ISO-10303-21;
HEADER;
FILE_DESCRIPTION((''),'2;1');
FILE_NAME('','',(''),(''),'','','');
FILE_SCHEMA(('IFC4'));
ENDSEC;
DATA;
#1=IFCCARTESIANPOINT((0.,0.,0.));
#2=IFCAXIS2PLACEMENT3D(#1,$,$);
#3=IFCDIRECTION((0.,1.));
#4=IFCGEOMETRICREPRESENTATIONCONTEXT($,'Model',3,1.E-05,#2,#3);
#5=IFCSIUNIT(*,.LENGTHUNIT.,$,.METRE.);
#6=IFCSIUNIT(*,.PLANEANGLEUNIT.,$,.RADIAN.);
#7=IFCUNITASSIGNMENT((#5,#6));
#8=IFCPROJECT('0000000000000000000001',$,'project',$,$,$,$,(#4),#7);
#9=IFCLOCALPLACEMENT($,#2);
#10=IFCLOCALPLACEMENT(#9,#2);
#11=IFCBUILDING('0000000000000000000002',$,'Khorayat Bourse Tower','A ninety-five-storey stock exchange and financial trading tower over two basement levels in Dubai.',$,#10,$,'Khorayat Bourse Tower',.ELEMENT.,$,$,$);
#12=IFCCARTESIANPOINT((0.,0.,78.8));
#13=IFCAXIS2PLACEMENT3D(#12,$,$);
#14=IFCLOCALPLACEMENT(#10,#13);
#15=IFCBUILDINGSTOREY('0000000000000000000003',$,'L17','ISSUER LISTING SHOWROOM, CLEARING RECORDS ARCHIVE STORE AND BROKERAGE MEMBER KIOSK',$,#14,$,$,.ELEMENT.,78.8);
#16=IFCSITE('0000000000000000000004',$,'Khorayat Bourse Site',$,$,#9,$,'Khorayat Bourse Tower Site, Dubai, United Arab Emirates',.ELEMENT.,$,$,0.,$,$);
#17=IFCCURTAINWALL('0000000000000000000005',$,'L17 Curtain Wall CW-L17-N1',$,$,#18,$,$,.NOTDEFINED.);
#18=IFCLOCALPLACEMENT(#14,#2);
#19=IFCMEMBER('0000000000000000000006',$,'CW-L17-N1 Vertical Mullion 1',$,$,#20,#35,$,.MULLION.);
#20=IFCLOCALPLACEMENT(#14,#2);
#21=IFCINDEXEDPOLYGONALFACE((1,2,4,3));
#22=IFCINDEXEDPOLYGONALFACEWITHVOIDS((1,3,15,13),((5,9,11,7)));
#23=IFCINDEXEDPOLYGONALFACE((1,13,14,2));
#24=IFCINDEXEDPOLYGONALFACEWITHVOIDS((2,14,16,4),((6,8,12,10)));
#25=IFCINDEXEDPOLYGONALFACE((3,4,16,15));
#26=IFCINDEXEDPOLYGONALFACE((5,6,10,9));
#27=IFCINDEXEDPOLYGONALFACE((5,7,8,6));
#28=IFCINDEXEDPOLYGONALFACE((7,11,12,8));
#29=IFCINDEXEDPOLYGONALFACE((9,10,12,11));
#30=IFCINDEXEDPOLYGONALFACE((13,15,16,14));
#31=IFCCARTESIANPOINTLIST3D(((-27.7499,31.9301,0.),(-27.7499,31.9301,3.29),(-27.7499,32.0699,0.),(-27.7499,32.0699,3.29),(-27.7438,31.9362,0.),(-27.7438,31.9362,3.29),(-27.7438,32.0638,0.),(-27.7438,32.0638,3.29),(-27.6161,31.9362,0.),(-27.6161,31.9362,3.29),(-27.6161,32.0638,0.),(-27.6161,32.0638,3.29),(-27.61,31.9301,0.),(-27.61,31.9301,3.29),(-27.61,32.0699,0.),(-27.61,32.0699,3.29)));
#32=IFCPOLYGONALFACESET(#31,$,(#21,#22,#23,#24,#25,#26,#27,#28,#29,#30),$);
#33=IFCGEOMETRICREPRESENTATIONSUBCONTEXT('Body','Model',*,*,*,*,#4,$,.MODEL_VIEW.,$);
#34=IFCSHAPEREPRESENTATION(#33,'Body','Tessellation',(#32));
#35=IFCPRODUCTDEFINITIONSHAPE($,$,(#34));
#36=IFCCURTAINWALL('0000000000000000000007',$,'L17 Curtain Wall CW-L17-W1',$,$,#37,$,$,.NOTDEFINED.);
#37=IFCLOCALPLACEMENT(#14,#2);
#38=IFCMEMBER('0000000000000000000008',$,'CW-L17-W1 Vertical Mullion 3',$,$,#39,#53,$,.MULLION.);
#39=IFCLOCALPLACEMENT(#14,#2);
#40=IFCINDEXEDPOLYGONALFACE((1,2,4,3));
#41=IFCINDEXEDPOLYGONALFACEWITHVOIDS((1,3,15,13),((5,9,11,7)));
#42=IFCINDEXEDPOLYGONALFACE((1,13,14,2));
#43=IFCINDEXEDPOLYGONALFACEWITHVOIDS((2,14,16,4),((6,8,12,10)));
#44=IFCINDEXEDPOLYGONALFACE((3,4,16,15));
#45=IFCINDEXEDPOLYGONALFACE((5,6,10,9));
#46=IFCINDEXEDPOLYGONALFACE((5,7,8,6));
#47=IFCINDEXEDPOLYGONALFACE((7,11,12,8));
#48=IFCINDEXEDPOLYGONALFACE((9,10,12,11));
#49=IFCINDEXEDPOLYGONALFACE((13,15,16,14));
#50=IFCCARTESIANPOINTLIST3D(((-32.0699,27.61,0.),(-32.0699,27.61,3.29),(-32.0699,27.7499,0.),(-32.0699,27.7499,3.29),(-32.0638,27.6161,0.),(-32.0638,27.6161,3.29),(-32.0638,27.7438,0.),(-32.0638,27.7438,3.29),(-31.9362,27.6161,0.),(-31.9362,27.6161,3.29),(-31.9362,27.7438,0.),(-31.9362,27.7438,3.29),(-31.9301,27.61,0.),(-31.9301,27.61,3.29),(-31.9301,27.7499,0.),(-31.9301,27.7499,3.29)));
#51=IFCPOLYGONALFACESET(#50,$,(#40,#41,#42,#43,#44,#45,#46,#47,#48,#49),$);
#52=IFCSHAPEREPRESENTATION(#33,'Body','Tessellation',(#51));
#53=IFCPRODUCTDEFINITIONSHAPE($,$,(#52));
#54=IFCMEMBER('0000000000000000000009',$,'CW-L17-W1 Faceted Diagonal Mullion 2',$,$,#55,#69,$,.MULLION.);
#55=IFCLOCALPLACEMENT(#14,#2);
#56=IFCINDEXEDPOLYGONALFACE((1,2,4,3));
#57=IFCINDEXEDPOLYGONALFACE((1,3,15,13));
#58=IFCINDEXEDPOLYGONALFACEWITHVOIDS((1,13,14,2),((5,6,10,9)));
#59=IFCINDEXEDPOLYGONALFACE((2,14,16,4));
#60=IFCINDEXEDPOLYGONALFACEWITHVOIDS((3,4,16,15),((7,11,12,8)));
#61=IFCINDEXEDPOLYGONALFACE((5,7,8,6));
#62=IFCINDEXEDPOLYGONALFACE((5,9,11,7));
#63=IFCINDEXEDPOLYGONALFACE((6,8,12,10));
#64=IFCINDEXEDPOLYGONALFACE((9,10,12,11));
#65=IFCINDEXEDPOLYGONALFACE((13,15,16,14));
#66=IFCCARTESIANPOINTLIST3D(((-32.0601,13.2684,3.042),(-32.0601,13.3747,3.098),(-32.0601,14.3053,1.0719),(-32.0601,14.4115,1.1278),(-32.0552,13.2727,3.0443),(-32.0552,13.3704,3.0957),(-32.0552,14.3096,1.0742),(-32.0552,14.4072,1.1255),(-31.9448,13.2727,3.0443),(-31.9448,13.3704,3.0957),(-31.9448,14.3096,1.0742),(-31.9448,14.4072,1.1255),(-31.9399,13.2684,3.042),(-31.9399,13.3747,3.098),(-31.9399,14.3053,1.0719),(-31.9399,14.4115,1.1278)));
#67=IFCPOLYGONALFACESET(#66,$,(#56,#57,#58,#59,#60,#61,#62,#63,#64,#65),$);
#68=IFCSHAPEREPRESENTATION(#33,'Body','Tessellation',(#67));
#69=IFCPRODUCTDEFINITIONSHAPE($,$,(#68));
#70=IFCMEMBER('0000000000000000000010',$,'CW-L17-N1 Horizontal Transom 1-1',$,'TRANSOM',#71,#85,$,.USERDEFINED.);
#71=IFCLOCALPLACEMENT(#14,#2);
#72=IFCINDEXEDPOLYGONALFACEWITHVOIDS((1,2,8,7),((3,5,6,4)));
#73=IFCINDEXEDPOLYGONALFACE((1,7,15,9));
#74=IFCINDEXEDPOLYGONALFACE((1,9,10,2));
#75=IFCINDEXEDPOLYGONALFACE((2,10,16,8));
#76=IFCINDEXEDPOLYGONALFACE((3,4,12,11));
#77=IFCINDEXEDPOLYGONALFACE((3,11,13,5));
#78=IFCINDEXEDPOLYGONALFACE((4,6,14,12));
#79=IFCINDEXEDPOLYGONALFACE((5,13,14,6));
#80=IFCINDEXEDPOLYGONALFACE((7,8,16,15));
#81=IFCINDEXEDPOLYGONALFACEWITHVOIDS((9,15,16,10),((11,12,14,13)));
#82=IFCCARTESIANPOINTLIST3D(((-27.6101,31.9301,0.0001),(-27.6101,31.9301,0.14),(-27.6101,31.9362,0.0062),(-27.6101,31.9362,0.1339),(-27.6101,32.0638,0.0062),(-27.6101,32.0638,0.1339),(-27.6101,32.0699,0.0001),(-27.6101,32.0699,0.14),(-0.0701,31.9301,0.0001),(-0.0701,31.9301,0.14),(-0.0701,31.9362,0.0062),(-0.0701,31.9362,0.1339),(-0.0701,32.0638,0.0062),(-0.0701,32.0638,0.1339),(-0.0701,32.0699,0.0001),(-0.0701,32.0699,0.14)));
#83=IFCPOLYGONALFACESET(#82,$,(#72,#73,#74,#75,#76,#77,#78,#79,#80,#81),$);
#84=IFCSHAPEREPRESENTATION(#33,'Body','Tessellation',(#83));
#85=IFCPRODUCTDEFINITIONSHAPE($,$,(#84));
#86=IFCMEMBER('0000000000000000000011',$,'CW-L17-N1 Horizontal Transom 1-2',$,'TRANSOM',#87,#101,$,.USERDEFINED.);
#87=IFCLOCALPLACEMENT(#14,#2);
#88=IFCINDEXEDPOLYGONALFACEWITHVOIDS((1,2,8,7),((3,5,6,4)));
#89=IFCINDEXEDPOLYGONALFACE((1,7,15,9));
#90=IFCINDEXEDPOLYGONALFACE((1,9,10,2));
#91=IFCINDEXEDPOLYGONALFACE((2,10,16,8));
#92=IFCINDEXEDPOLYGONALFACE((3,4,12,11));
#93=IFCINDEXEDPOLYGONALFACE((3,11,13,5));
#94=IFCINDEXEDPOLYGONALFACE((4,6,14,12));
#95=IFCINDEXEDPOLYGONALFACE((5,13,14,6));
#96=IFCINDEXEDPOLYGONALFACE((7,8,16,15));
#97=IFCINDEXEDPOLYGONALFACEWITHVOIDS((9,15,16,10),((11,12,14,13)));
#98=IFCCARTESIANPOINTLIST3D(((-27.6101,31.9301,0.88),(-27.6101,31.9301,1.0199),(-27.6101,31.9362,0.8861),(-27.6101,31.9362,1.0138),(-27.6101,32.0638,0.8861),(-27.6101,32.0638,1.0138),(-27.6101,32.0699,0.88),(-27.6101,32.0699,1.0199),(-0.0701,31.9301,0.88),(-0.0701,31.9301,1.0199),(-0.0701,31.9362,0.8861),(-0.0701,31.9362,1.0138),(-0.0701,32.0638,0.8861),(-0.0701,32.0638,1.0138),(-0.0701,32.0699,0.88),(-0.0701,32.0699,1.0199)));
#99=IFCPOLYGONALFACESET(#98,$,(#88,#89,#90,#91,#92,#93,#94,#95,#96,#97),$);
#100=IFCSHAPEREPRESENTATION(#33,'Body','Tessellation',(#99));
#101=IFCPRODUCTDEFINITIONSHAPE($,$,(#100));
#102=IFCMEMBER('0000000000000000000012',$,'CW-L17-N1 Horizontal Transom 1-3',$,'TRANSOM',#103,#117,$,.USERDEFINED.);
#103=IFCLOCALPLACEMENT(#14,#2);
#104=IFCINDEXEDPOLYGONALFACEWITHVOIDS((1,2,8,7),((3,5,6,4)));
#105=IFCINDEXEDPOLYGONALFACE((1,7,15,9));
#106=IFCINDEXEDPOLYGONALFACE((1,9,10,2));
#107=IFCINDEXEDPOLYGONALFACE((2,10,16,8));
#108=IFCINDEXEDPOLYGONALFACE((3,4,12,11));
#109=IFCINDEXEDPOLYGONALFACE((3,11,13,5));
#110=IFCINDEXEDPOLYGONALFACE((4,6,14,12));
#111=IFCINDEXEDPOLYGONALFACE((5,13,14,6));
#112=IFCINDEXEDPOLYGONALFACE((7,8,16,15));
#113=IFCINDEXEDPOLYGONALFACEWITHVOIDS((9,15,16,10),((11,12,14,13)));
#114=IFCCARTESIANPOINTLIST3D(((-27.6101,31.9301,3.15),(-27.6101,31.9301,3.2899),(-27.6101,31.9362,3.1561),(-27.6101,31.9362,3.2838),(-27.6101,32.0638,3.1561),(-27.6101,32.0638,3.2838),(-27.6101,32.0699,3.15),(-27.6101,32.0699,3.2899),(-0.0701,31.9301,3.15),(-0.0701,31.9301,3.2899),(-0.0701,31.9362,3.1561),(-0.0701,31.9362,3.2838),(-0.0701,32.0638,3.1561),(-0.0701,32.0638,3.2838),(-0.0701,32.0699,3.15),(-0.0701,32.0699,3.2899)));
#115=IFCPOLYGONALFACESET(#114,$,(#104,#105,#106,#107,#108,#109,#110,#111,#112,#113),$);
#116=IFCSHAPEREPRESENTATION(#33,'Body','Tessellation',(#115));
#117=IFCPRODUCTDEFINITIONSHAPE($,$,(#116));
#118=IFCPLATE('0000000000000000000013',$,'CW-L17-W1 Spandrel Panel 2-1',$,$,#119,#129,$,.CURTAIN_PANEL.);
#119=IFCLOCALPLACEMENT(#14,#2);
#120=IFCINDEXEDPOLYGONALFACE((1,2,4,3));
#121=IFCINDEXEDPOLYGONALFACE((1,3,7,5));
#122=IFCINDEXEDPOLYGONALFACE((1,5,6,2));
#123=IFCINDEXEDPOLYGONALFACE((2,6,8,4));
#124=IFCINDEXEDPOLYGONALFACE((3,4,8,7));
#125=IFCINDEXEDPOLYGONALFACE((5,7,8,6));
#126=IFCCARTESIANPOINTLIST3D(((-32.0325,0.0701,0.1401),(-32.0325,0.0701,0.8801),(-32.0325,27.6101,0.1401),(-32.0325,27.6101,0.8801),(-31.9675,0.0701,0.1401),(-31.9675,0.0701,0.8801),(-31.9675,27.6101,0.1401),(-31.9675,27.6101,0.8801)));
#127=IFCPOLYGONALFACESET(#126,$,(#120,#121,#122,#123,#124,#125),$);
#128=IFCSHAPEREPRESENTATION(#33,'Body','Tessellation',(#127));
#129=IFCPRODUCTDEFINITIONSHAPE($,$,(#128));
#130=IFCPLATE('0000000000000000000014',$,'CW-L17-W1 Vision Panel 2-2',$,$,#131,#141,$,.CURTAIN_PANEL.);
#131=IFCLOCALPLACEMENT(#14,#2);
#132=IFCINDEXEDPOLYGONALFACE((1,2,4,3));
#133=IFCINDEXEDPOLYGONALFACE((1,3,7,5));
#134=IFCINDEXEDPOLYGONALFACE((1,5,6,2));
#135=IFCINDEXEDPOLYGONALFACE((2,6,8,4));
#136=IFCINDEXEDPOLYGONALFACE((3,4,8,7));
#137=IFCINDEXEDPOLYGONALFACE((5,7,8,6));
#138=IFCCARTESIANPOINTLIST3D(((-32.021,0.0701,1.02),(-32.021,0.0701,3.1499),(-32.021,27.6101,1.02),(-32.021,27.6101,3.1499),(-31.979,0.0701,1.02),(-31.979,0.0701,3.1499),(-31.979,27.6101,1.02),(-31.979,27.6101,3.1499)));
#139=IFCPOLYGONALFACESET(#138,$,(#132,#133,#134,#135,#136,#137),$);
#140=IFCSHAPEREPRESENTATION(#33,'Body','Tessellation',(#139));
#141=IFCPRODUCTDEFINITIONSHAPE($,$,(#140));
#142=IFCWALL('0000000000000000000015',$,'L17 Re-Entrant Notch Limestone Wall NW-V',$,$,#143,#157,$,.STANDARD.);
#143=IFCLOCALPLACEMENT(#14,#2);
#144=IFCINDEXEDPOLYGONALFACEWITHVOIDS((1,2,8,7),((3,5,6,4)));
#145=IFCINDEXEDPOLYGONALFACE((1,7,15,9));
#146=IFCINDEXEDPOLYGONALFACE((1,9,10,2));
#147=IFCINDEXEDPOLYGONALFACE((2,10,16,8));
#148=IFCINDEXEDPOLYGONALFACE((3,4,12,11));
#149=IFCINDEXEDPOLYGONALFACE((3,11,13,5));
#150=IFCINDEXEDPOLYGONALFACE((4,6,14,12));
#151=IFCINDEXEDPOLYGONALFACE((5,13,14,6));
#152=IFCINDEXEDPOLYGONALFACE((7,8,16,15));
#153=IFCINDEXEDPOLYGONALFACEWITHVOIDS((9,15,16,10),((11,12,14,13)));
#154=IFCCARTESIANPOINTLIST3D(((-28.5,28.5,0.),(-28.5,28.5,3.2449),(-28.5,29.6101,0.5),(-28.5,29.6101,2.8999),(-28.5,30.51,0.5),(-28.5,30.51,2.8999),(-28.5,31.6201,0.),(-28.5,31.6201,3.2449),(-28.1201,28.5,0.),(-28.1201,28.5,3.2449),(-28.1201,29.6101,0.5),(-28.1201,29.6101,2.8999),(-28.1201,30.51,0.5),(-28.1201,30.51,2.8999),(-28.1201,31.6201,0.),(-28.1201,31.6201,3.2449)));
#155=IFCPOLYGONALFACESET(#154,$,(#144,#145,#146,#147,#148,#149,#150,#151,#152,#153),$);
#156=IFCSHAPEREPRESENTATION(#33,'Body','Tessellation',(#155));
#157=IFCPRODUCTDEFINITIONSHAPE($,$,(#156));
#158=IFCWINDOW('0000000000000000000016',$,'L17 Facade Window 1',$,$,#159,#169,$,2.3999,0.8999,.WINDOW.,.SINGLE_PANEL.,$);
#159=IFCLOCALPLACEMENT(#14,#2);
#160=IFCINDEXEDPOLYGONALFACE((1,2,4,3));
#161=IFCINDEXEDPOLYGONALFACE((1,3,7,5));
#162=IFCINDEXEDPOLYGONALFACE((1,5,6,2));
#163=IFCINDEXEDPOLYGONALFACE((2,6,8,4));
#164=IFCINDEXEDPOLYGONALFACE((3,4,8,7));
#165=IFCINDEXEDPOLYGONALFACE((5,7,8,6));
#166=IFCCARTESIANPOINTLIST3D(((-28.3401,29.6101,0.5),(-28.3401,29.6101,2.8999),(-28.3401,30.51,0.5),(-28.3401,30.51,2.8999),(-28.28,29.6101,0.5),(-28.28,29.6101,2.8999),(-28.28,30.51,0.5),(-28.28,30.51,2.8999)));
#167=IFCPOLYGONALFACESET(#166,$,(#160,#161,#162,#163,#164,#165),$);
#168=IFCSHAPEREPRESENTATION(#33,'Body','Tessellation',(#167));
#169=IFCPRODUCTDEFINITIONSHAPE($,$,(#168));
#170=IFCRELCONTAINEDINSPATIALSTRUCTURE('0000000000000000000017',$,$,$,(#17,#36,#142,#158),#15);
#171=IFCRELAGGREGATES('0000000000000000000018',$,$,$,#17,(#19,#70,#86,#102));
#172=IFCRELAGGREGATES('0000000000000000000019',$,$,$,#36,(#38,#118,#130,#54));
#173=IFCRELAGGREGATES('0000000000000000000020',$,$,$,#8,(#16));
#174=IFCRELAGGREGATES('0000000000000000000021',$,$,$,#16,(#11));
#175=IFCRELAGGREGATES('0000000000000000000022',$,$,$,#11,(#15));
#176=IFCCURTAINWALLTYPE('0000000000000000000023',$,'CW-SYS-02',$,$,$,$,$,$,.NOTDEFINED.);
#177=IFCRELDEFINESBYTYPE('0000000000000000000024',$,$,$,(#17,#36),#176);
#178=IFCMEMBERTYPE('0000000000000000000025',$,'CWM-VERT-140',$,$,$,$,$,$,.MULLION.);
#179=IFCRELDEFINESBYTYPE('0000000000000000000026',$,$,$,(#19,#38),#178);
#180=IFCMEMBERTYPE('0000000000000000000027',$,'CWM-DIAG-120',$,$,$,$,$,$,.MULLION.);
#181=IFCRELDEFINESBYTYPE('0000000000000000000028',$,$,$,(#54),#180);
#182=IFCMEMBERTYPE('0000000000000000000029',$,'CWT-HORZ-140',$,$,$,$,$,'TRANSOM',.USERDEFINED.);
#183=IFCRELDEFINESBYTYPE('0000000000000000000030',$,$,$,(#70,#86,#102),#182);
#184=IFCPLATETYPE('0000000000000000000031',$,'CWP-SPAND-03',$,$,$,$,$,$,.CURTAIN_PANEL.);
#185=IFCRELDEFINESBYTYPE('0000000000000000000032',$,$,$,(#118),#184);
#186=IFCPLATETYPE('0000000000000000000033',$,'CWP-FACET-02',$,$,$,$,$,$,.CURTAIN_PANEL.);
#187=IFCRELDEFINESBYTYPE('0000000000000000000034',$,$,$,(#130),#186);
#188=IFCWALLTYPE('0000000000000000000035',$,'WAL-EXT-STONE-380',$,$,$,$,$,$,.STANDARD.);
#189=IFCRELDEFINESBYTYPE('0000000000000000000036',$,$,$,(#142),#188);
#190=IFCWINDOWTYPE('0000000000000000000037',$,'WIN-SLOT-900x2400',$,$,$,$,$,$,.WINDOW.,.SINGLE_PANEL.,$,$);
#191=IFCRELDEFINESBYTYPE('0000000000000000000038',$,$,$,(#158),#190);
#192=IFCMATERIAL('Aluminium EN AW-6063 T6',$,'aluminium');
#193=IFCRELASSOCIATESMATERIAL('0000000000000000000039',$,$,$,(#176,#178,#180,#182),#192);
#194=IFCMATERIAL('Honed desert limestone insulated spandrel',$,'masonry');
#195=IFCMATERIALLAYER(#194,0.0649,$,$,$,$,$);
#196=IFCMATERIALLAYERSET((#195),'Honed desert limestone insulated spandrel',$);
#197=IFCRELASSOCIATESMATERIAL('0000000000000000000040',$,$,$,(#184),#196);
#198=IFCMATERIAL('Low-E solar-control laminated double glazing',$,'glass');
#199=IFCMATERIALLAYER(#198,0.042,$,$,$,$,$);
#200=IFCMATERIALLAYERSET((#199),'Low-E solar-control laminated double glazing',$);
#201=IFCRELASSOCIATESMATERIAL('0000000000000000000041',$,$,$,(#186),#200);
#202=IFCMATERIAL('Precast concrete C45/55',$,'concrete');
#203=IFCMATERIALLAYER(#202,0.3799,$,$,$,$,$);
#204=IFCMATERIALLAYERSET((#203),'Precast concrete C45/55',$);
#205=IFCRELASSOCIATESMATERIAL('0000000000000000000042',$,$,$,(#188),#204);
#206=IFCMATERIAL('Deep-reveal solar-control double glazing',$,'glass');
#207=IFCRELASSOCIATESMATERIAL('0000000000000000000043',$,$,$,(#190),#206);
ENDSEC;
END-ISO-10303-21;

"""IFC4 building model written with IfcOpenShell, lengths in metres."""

from ifc_helpers import new_model, si_unit, direction, frame, frame_2d, origin, origin_2d, place, context, subcontext, project, spatial, rectangle, hollow_rectangle, extrude, source, transform, mapped, material, layer, layer_set, material_profile, profile_set, type_object, element, fill, aggregate, save


model = new_model("IFC4")

# Units and contexts
model_context = context("Model", 3, precision=1e-05, world=origin(), true_north=direction((0.0, 1.0)))
body_context = subcontext(model_context, "Body", "Model", "MODEL_VIEW")
ifc_project = project(units=[si_unit("LENGTHUNIT", "METRE"), si_unit("PLANEANGLEUNIT", "RADIAN")], contexts=[model_context])

# Site, building, storey
site_placement = place(None, origin())
site = spatial("IfcSite", under=ifc_project, at=site_placement, Name="Khorayat Bourse Site", LongName="Khorayat Bourse Tower Site, Dubai, United Arab Emirates", CompositionType="ELEMENT", RefElevation=0.0)
building_placement = place(site_placement, origin())
building = spatial("IfcBuilding", under=site, at=building_placement, Name="Khorayat Bourse Tower", Description="A ninety-five-storey stock exchange and financial trading tower over two basement levels in Dubai.", LongName="Khorayat Bourse Tower", CompositionType="ELEMENT")
storey_placement = place(building_placement, frame((0.0, 0.0, 78.8)))
storey = spatial("IfcBuildingStorey", under=building, at=storey_placement, Name="L17", Description="ISSUER LISTING SHOWROOM, CLEARING RECORDS ARCHIVE STORE AND BROKERAGE MEMBER KIOSK", CompositionType="ELEMENT", Elevation=78.8)

# Curtain wall, member
ifc_material_1 = material(Name="Aluminium EN AW-6063 T6", Category="aluminium")
curtain_wall_type = type_object("IfcCurtainWallType", Name="CW-SYS-02", PredefinedType="NOTDEFINED", material=ifc_material_1)
curtain_wall_1_placement = place(storey_placement, origin())
curtain_wall_1 = element("IfcCurtainWall", 1, at=curtain_wall_1_placement, inside=storey, type_object=curtain_wall_type, Name="L17 Curtain Wall CW-L17-N1", PredefinedType="NOTDEFINED")
ifc_material_profile_1 = material_profile(ifc_material_1, hollow_rectangle(XDim=0.1399, YDim=0.1399, WallThickness=0.0061, at=origin_2d()), Name="ALU 140x140x6")
ifc_profile_set_1 = profile_set([ifc_material_profile_1], Name="Aluminium EN AW-6063 T6")
member_type_1 = type_object("IfcMemberType", Name="CWM-VERT-140", PredefinedType="MULLION", material=ifc_profile_set_1)
shared_shape_1 = source(origin(), body_context, "Body", "SweptSolid", [
    extrude(hollow_rectangle(XDim=0.1399, YDim=0.1399, WallThickness=0.0061, at=origin_2d()), origin(), (0.0, 0.0, 1.0), 3.29),
])
member_1_placement = place(storey_placement, frame((-27.6799, 32.0, 0.0), z_axis=(0.0, 0.0, 1.0), x_axis=(0.0, 1.0, 0.0)))
member_1 = element("IfcMember", 2, at=member_1_placement, type_object=member_type_1, Name="CW-L17-N1 Vertical Mullion 1", PredefinedType="MULLION", context=body_context, shape_type="MappedRepresentation", body=[
    mapped(shared_shape_1, transform((0.0, 0.0, 0.0), scale=1.0)),
])

# Curtain wall, members
curtain_wall_2_placement = place(storey_placement, origin())
curtain_wall_2 = element("IfcCurtainWall", 3, at=curtain_wall_2_placement, inside=storey, type_object=curtain_wall_type, Name="L17 Curtain Wall CW-L17-W1", PredefinedType="NOTDEFINED")
member_2_placement = place(storey_placement, frame((-32.0, 27.6799, 0.0), z_axis=(0.0, 0.0, 1.0), x_axis=(-1.0, 0.0, 0.0)))
member_2 = element("IfcMember", 4, at=member_2_placement, type_object=member_type_1, Name="CW-L17-W1 Vertical Mullion 3", PredefinedType="MULLION", context=body_context, shape_type="MappedRepresentation", body=[
    mapped(shared_shape_1, transform((0.0, 0.0, 0.0), scale=1.0)),
])
ifc_material_profile_2 = material_profile(ifc_material_1, hollow_rectangle(XDim=0.1201, YDim=0.1201, WallThickness=0.0049, at=origin_2d()), Name="ALU 120x120x5")
ifc_profile_set_2 = profile_set([ifc_material_profile_2], Name="Aluminium EN AW-6063 T6")
member_type_2 = type_object("IfcMemberType", Name="CWM-DIAG-120", PredefinedType="MULLION", material=ifc_profile_set_2)
shared_shape_2 = source(origin(), body_context, "Body", "SweptSolid", [
    extrude(hollow_rectangle(XDim=0.1201, YDim=0.1201, WallThickness=0.0049, at=origin_2d()), origin(), (0.0, 0.0, 1.0), 2.2263),
])
member_3_placement = place(storey_placement, frame((-32.0, 14.3584, 1.0999), z_axis=(0.0, -0.465715, 0.884935), x_axis=(1.0, 0.0, 0.0)))
member_3 = element("IfcMember", 5, at=member_3_placement, type_object=member_type_2, Name="CW-L17-W1 Faceted Diagonal Mullion 2", PredefinedType="MULLION", context=body_context, shape_type="MappedRepresentation", body=[
    mapped(shared_shape_2, transform((0.0, 0.0, 0.0), scale=1.0)),
])

# Members
ifc_material_profile_3 = material_profile(ifc_material_1, hollow_rectangle(XDim=0.1399, YDim=0.1399, WallThickness=0.0061, at=origin_2d()), Name="ALU 140x140x6")
ifc_profile_set_3 = profile_set([ifc_material_profile_3], Name="Aluminium EN AW-6063 T6")
member_type_3 = type_object("IfcMemberType", Name="CWT-HORZ-140", ElementType="TRANSOM", PredefinedType="USERDEFINED", material=ifc_profile_set_3)
shared_shape_3 = source(origin(), body_context, "Body", "SweptSolid", [
    extrude(hollow_rectangle(XDim=0.1399, YDim=0.1399, WallThickness=0.0061, at=origin_2d()), origin(), (0.0, 0.0, 1.0), 27.54),
])
member_4_placement = place(storey_placement, frame((-27.6101, 32.0, 0.0701), z_axis=(1.0, 0.0, 0.0), x_axis=(0.0, 1.0, 0.0)))
member_4 = element("IfcMember", 6, at=member_4_placement, type_object=member_type_3, Name="CW-L17-N1 Horizontal Transom 1-1", ObjectType="TRANSOM", PredefinedType="USERDEFINED", context=body_context, shape_type="MappedRepresentation", body=[
    mapped(shared_shape_3, transform((0.0, 0.0, 0.0), scale=1.0)),
])
member_5_placement = place(storey_placement, frame((-27.6101, 32.0, 0.95), z_axis=(1.0, 0.0, 0.0), x_axis=(0.0, 1.0, 0.0)))
member_5 = element("IfcMember", 7, at=member_5_placement, type_object=member_type_3, Name="CW-L17-N1 Horizontal Transom 1-2", ObjectType="TRANSOM", PredefinedType="USERDEFINED", context=body_context, shape_type="MappedRepresentation", body=[
    mapped(shared_shape_3, transform((0.0, 0.0, 0.0), scale=1.0)),
])
member_6_placement = place(storey_placement, frame((-27.6101, 32.0, 3.22), z_axis=(1.0, 0.0, 0.0), x_axis=(0.0, 1.0, 0.0)))
member_6 = element("IfcMember", 8, at=member_6_placement, type_object=member_type_3, Name="CW-L17-N1 Horizontal Transom 1-3", ObjectType="TRANSOM", PredefinedType="USERDEFINED", context=body_context, shape_type="MappedRepresentation", body=[
    mapped(shared_shape_3, transform((0.0, 0.0, 0.0), scale=1.0)),
])
aggregate(curtain_wall_1, [member_1, member_4, member_5, member_6])

# Plates
ifc_material_2 = material(Name="Honed desert limestone insulated spandrel", Category="masonry")
ifc_layer_1 = layer(ifc_material_2, 0.0649)
ifc_layer_set_1 = layer_set([ifc_layer_1], Name="Honed desert limestone insulated spandrel")
plate_type_1 = type_object("IfcPlateType", Name="CWP-SPAND-03", PredefinedType="CURTAIN_PANEL", material=ifc_layer_set_1)
shared_shape_4 = source(origin(), body_context, "Body", "SweptSolid", [
    extrude(rectangle(XDim=27.54, YDim=0.0649, at=origin_2d()), origin(), (0.0, 0.0, 1.0), 0.74),
])
plate_1_placement = place(storey_placement, frame((-32.0, 13.8401, 0.1401), z_axis=(0.0, 0.0, 1.0), x_axis=(0.0, 1.0, 0.0)))
plate_1 = element("IfcPlate", 9, at=plate_1_placement, type_object=plate_type_1, Name="CW-L17-W1 Spandrel Panel 2-1", PredefinedType="CURTAIN_PANEL", context=body_context, shape_type="MappedRepresentation", body=[
    mapped(shared_shape_4, transform((0.0, 0.0, 0.0), scale=1.0)),
])
ifc_material_3 = material(Name="Low-E solar-control laminated double glazing", Category="glass")
ifc_layer_2 = layer(ifc_material_3, 0.042)
ifc_layer_set_2 = layer_set([ifc_layer_2], Name="Low-E solar-control laminated double glazing")
plate_type_2 = type_object("IfcPlateType", Name="CWP-FACET-02", PredefinedType="CURTAIN_PANEL", material=ifc_layer_set_2)
shared_shape_5 = source(origin(), body_context, "Body", "SweptSolid", [
    extrude(rectangle(XDim=27.54, YDim=0.042, at=origin_2d()), origin(), (0.0, 0.0, 1.0), 2.1299),
])
plate_2_placement = place(storey_placement, frame((-32.0, 13.8401, 1.02), z_axis=(0.0, 0.0, 1.0), x_axis=(0.0, 1.0, 0.0)))
plate_2 = element("IfcPlate", 10, at=plate_2_placement, type_object=plate_type_2, Name="CW-L17-W1 Vision Panel 2-2", PredefinedType="CURTAIN_PANEL", context=body_context, shape_type="MappedRepresentation", body=[
    mapped(shared_shape_5, transform((0.0, 0.0, 0.0), scale=1.0)),
])
aggregate(curtain_wall_2, [member_2, plate_1, plate_2, member_3])

# Wall, opening, window
ifc_material_4 = material(Name="Precast concrete C45/55", Category="concrete")
ifc_layer_3 = layer(ifc_material_4, 0.3799)
ifc_layer_set_3 = layer_set([ifc_layer_3], Name="Precast concrete C45/55")
wall_type_1 = type_object("IfcWallType", Name="WAL-EXT-STONE-380", PredefinedType="STANDARD", material=ifc_layer_set_3)
shared_shape_6 = source(origin(), body_context, "Body", "SweptSolid", [
    extrude(rectangle(XDim=3.1201, YDim=0.3799, at=frame_2d((1.5601, 0.0))), origin(), (0.0, 0.0, 1.0), 3.2449),
])
wall_1_placement = place(storey_placement, frame((-28.3101, 28.5, 0.0), z_axis=(0.0, 0.0, 1.0), x_axis=(0.0, 1.0, 0.0)))
wall_1 = element("IfcWall", 11, at=wall_1_placement, inside=storey, type_object=wall_type_1, Name="L17 Re-Entrant Notch Limestone Wall NW-V", PredefinedType="STANDARD", context=body_context, shape_type="MappedRepresentation", body=[
    mapped(shared_shape_6, transform((0.0, 0.0, 0.0), scale=1.0)),
])
shared_shape_7 = source(origin(), body_context, "Body", "SweptSolid", [
    extrude(rectangle(XDim=0.8999, YDim=2.3999, at=frame_2d((0.45, 1.2))), frame((0.0, 0.2, 0.0), z_axis=(0.0, -1.0, 0.0), x_axis=(1.0, 0.0, 0.0)), (0.0, 0.0, 1.0), 0.3999),
])
opening_1_placement = place(wall_1_placement, frame((1.1101, 0.0, 0.5)))
opening_1 = element("IfcOpeningElement", 12, at=opening_1_placement, cuts=wall_1, PredefinedType="OPENING", context=body_context, shape_type="MappedRepresentation", body=[
    mapped(shared_shape_7, transform((0.0, 0.0, 0.0), scale=1.0)),
])
ifc_material_5 = material(Name="Deep-reveal solar-control double glazing", Category="glass")
window_type = type_object("IfcWindowType", Name="WIN-SLOT-900x2400", PartitioningType="SINGLE_PANEL", PredefinedType="WINDOW", material=ifc_material_5)
shared_shape_8 = source(origin(), body_context, "Body", "SweptSolid", [
    extrude(rectangle(XDim=0.8999, YDim=2.3999, at=frame_2d((0.45, 1.2))), frame((0.0, 0.03, 0.0), z_axis=(0.0, -1.0, 0.0), x_axis=(1.0, 0.0, 0.0)), (0.0, 0.0, 1.0), 0.0601),
])
window_1_placement = place(opening_1_placement, origin())
window_1 = element("IfcWindow", 13, at=window_1_placement, inside=storey, type_object=window_type, Name="L17 Facade Window 1", OverallHeight=2.3999, OverallWidth=0.8999, PartitioningType="SINGLE_PANEL", PredefinedType="WINDOW", context=body_context, shape_type="MappedRepresentation", body=[
    mapped(shared_shape_8, transform((0.0, 0.0, 0.0), scale=1.0)),
])
fill(opening_1, window_1)

save(model, "model.ifc")
